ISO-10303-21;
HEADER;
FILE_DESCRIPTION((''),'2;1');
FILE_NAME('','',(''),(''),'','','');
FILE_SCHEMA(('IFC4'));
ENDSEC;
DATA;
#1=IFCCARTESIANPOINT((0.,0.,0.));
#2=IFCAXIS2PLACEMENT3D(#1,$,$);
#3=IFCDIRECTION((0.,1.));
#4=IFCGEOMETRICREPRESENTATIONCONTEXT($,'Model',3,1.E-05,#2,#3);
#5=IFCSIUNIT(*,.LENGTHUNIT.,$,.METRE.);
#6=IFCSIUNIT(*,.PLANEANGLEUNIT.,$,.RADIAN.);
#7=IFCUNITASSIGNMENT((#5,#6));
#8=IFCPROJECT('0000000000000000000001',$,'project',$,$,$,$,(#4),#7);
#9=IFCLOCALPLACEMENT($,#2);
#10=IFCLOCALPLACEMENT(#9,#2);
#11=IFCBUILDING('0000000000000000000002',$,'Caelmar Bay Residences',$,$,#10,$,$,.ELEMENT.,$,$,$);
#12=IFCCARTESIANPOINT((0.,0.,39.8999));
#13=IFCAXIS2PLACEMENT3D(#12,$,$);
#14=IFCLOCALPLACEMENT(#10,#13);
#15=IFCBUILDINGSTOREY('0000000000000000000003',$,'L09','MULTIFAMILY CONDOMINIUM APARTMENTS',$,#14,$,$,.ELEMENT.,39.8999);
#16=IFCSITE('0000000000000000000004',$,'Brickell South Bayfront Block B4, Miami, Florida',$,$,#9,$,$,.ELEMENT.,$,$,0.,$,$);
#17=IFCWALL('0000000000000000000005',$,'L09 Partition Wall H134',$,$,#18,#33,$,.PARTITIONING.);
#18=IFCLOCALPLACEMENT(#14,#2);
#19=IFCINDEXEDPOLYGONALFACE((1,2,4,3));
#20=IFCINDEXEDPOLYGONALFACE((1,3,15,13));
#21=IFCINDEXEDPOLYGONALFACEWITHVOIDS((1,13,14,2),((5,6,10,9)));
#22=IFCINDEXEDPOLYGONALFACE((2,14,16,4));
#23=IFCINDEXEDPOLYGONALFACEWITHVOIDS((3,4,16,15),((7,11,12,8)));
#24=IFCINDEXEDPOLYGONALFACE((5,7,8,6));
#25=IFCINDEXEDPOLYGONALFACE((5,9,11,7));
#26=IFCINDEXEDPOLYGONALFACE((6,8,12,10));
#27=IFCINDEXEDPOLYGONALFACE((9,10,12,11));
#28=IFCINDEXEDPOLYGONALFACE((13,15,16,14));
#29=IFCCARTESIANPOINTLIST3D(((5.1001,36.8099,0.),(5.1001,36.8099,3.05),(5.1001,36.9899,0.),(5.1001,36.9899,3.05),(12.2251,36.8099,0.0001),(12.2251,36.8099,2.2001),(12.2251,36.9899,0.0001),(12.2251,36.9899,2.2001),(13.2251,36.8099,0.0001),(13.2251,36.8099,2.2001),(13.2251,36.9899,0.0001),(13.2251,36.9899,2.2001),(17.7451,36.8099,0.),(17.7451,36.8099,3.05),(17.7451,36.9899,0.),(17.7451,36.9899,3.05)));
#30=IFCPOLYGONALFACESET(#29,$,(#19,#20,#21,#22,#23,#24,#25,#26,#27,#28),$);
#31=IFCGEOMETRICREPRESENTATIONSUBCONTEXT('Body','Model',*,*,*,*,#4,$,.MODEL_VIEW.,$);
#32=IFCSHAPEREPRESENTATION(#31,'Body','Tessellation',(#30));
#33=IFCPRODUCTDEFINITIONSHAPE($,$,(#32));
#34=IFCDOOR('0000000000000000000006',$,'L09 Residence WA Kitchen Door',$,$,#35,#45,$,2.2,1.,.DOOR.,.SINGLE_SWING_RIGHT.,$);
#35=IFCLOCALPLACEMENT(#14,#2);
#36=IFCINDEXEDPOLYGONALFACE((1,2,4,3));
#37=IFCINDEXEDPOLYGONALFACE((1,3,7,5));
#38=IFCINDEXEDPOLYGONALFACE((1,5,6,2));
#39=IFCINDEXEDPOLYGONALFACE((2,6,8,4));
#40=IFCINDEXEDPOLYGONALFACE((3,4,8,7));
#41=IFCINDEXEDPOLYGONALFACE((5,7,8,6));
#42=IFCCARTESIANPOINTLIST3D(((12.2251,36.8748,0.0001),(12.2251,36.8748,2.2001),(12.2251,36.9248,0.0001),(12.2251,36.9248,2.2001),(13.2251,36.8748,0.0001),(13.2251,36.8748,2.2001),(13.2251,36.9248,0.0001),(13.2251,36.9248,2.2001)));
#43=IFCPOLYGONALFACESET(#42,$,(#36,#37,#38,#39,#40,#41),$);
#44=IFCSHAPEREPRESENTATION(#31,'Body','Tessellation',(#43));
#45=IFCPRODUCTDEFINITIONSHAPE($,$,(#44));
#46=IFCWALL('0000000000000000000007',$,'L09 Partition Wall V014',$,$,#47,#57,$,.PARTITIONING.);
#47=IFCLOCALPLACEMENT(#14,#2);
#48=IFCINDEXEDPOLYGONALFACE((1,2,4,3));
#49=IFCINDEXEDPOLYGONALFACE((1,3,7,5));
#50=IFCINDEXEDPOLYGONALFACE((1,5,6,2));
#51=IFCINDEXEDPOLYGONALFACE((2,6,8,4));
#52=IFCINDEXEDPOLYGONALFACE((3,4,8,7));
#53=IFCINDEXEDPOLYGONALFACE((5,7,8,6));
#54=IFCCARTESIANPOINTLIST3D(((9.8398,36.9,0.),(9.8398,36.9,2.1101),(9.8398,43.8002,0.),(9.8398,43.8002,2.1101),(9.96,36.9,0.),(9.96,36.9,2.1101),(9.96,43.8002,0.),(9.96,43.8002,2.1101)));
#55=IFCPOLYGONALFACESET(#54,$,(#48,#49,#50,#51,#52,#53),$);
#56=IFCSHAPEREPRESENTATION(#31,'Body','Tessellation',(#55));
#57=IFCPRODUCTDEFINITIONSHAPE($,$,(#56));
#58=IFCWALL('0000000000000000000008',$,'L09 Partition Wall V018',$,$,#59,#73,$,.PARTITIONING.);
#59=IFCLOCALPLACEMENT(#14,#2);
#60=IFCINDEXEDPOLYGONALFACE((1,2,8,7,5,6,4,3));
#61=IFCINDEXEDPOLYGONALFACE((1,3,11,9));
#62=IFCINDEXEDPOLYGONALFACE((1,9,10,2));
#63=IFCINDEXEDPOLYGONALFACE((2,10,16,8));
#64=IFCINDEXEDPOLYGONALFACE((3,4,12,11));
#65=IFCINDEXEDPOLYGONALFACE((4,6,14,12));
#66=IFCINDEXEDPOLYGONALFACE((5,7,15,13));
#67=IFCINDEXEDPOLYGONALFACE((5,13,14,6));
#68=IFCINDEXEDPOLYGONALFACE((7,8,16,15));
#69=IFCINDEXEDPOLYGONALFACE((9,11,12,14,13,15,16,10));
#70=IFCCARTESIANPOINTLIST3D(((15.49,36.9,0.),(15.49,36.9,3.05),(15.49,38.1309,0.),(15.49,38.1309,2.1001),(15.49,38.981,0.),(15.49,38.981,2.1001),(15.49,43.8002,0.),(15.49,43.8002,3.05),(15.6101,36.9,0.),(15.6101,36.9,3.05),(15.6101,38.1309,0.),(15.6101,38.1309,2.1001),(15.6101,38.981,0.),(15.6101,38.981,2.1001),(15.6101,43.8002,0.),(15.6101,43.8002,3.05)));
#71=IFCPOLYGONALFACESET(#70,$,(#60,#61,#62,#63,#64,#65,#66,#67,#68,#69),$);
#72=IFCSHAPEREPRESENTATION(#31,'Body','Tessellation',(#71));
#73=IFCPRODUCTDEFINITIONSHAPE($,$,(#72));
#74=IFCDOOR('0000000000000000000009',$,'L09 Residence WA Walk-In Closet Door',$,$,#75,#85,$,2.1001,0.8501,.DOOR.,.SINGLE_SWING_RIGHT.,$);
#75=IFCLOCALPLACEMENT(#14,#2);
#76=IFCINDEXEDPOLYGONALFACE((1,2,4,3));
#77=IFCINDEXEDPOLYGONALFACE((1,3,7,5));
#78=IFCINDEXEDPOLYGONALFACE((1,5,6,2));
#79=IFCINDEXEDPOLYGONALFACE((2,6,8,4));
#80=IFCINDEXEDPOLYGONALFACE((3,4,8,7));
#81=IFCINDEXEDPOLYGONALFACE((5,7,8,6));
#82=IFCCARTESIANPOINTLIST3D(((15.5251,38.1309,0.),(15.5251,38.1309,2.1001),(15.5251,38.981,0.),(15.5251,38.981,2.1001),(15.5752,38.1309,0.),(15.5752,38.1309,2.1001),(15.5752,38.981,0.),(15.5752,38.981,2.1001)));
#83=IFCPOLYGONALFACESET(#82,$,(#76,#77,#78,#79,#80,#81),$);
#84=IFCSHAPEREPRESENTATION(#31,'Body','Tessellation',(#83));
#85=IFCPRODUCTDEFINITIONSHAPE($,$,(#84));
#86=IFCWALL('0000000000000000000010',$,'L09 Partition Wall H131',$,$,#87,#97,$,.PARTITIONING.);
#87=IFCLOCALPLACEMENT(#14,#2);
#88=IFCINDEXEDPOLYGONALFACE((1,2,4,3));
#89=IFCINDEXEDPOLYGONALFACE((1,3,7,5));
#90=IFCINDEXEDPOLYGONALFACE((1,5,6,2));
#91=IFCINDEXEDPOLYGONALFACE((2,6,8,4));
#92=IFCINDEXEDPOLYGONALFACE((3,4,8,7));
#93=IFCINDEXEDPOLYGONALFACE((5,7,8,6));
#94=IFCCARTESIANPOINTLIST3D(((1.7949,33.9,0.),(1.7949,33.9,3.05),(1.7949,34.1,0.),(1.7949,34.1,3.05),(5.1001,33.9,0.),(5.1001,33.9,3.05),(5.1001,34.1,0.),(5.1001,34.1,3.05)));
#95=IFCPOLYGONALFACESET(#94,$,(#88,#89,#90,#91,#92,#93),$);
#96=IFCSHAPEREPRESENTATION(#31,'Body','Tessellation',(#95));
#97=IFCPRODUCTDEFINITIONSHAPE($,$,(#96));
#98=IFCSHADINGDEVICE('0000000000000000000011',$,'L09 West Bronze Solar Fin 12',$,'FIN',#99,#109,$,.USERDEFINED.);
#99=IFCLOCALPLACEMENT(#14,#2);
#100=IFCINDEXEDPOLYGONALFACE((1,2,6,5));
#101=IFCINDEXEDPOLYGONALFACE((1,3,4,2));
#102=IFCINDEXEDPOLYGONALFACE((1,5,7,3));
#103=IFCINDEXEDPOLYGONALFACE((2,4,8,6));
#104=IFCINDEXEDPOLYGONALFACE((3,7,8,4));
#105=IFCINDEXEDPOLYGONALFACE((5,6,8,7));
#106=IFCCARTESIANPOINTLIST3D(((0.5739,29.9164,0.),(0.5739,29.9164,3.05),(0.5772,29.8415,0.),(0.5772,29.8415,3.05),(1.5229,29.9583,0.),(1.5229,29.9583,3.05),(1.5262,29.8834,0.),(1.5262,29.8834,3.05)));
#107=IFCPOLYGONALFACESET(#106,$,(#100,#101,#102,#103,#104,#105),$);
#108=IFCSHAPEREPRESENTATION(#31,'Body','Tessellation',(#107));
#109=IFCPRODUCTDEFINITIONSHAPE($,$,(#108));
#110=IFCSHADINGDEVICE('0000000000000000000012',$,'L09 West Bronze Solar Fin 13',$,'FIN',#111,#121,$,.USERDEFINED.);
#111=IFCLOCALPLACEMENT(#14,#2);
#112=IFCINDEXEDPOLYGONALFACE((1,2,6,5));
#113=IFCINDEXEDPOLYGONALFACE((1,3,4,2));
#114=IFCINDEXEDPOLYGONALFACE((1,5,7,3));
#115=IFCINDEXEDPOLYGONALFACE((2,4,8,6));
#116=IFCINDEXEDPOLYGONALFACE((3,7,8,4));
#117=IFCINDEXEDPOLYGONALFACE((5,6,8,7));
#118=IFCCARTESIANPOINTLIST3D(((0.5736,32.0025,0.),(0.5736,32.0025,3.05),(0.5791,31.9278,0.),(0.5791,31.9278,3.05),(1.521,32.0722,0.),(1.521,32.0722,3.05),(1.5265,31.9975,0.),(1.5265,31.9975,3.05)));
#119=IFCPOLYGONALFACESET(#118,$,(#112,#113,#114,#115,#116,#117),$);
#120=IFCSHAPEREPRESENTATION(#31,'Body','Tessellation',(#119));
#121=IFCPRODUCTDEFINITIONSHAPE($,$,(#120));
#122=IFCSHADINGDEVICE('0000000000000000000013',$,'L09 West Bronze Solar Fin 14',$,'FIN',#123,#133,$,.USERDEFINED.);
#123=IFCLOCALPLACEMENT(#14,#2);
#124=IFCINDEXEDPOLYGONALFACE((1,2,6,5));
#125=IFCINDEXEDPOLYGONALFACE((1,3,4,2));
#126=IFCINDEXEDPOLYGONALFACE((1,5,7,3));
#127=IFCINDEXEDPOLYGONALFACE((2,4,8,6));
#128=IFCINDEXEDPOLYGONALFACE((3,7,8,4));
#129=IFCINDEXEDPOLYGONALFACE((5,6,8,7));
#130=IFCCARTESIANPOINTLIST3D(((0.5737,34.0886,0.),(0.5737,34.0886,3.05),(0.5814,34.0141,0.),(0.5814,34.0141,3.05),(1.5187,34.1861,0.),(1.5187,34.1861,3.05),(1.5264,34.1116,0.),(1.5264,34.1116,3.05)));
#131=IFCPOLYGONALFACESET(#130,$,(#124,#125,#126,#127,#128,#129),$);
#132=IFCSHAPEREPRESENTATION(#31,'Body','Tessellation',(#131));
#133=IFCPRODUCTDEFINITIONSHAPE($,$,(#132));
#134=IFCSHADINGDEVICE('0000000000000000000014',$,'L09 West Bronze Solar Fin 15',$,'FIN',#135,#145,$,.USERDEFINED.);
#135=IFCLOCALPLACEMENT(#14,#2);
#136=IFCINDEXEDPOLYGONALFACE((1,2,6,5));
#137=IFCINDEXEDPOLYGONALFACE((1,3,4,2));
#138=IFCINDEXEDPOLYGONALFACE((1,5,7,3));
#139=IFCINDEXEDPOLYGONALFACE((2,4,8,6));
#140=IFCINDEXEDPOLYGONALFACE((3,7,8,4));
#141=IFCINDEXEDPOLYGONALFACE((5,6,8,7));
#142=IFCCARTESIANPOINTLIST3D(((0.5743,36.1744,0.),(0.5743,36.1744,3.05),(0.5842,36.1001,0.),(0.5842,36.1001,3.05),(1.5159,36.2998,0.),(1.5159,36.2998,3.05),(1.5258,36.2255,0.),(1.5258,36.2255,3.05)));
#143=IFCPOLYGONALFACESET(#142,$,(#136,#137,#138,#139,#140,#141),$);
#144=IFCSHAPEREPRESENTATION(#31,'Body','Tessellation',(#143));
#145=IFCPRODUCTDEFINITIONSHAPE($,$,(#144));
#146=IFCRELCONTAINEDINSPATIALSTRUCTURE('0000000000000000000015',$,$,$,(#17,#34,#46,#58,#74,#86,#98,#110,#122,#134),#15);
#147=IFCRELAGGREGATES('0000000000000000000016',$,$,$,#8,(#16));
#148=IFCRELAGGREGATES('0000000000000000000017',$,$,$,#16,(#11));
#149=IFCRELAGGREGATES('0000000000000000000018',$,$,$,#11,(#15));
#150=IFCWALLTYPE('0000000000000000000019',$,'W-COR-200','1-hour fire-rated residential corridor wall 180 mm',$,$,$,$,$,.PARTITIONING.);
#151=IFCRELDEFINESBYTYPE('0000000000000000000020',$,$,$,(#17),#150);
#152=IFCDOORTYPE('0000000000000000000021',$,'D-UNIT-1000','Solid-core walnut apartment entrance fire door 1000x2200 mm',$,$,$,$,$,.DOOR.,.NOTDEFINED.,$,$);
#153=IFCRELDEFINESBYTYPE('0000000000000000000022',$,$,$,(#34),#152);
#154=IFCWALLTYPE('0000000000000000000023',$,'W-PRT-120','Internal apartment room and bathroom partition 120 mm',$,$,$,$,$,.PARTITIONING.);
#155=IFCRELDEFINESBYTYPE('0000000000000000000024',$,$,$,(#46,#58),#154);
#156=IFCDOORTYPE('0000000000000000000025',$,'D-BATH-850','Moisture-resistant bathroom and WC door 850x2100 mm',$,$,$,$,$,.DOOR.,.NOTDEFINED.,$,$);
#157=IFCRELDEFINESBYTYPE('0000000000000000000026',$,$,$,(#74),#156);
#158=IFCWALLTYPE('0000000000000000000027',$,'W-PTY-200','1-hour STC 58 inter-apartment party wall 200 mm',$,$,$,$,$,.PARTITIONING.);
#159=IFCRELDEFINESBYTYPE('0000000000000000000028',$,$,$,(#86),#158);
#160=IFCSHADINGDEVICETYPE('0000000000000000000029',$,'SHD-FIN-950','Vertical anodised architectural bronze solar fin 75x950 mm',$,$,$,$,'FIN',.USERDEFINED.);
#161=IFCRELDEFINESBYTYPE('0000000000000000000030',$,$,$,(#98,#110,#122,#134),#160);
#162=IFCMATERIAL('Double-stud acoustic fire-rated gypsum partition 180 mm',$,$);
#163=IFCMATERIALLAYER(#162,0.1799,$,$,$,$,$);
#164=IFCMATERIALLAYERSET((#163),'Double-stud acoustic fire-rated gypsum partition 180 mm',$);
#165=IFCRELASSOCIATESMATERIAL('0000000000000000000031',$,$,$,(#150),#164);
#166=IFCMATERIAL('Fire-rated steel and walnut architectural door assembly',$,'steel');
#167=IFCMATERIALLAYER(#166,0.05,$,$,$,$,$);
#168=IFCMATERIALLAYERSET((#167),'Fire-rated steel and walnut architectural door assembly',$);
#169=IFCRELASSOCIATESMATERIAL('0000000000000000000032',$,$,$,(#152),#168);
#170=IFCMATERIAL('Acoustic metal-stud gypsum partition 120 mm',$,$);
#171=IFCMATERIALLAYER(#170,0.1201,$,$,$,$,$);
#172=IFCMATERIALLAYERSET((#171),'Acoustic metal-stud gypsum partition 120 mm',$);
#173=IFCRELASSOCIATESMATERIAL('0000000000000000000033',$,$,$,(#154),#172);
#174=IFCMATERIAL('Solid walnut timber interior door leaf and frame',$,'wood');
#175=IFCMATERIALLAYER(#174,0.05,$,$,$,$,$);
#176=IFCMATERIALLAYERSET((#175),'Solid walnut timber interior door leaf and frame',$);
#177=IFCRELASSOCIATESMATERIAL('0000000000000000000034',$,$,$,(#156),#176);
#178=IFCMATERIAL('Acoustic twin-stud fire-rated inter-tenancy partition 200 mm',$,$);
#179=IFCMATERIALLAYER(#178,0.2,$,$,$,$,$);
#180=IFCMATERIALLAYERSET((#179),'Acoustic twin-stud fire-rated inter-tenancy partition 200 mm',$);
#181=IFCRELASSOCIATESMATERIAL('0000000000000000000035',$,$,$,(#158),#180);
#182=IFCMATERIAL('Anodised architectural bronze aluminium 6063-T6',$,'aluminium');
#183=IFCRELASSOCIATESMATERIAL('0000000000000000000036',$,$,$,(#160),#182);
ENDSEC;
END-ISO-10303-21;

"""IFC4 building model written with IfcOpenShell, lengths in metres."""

from ifc_helpers import new_model, si_unit, direction, frame, frame_2d, origin, origin_2d, place, context, subcontext, project, spatial, rectangle, extrude, material, layer, layer_set, material_profile, profile_set, type_object, element, fill, save


model = new_model("IFC4")

# Units and contexts
model_context = context("Model", 3, precision=1e-05, world=origin(), true_north=direction((0.0, 1.0)))
body_context = subcontext(model_context, "Body", "Model", "MODEL_VIEW")
ifc_project = project(units=[si_unit("LENGTHUNIT", "METRE"), si_unit("PLANEANGLEUNIT", "RADIAN")], contexts=[model_context])

# Site, building, storey
site_placement = place(None, origin())
site = spatial("IfcSite", under=ifc_project, at=site_placement, Name="Brickell South Bayfront Block B4, Miami, Florida", CompositionType="ELEMENT", RefElevation=0.0)
building_placement = place(site_placement, origin())
building = spatial("IfcBuilding", under=site, at=building_placement, Name="Caelmar Bay Residences", CompositionType="ELEMENT")
storey_placement = place(building_placement, frame((0.0, 0.0, 39.8999)))
storey = spatial("IfcBuildingStorey", under=building, at=storey_placement, Name="L09", Description="MULTIFAMILY CONDOMINIUM APARTMENTS", CompositionType="ELEMENT", Elevation=39.8999)

# Shared definitions
ifc_material_1 = material(Name="Fire-rated steel and walnut architectural door assembly", Category="steel")

# Shared definitions
ifc_material_2 = material(Name="Double-stud acoustic fire-rated gypsum partition 180 mm")
ifc_layer_1 = layer(ifc_material_2, 0.1799)
ifc_layer_set_1 = layer_set([ifc_layer_1], Name="Double-stud acoustic fire-rated gypsum partition 180 mm")
wall_type_1 = type_object("IfcWallType", Name="W-COR-200", Description="1-hour fire-rated residential corridor wall 180 mm", PredefinedType="PARTITIONING", material=ifc_layer_set_1)

# Shared definitions
ifc_layer_2 = layer(ifc_material_1, 0.05)
ifc_layer_set_2 = layer_set([ifc_layer_2], Name="Fire-rated steel and walnut architectural door assembly")
door_type_1 = type_object("IfcDoorType", Name="D-UNIT-1000", Description="Solid-core walnut apartment entrance fire door 1000x2200 mm", OperationType="NOTDEFINED", PredefinedType="DOOR", material=ifc_layer_set_2)

# Wall, opening, door
wall_1_placement = place(storey_placement, frame((5.1001, 36.8999, 0.0), z_axis=(0.0, 0.0, 1.0), x_axis=(1.0, 0.0, 0.0)))
wall_1 = element("IfcWall", 1, at=wall_1_placement, inside=storey, type_object=wall_type_1, Name="L09 Partition Wall H134", PredefinedType="PARTITIONING", context=body_context, shape_type="SweptSolid", body=[
    extrude(rectangle(XDim=12.645, YDim=0.1799, at=frame_2d((6.3225, 0.0))), origin(), (0.0, 0.0, 1.0), 3.05),
])
opening_1_placement = place(wall_1_placement, frame((7.125, 0.0, 0.0)))
opening_1 = element("IfcOpeningElement", 2, at=opening_1_placement, cuts=wall_1, PredefinedType="OPENING", context=body_context, shape_type="SweptSolid", body=[
    extrude(rectangle(XDim=1.0, YDim=2.2, at=frame_2d((0.5, 1.1001))), frame((0.0, 0.0999, 0.0), z_axis=(0.0, -1.0, 0.0), x_axis=(1.0, 0.0, 0.0)), (0.0, 0.0, 1.0), 0.2),
])
door_1_placement = place(opening_1_placement, origin())
door_1 = element("IfcDoor", 3, at=door_1_placement, inside=storey, type_object=door_type_1, Name="L09 Residence WA Kitchen Door", OperationType="SINGLE_SWING_RIGHT", OverallHeight=2.2, OverallWidth=1.0, PredefinedType="DOOR", context=body_context, shape_type="SweptSolid", body=[
    extrude(rectangle(XDim=1.0, YDim=2.2, at=frame_2d((0.5, 1.1001))), frame((0.0, 0.0249, 0.0), z_axis=(0.0, -1.0, 0.0), x_axis=(1.0, 0.0, 0.0)), (0.0, 0.0, 1.0), 0.05),
])
fill(opening_1, door_1)

# Wall
ifc_material_3 = material(Name="Acoustic metal-stud gypsum partition 120 mm")
ifc_layer_3 = layer(ifc_material_3, 0.1201)
ifc_layer_set_3 = layer_set([ifc_layer_3], Name="Acoustic metal-stud gypsum partition 120 mm")
wall_type_2 = type_object("IfcWallType", Name="W-PRT-120", Description="Internal apartment room and bathroom partition 120 mm", PredefinedType="PARTITIONING", material=ifc_layer_set_3)
wall_2_placement = place(storey_placement, frame((9.8999, 36.8999, 0.0), z_axis=(0.0, 0.0, 1.0), x_axis=(0.0, 1.0, 0.0)))
element("IfcWall", 4, at=wall_2_placement, inside=storey, type_object=wall_type_2, Name="L09 Partition Wall V014", PredefinedType="PARTITIONING", context=body_context, shape_type="SweptSolid", body=[
    extrude(rectangle(XDim=6.9001, YDim=0.1201, at=frame_2d((3.4502, 0.0))), origin(), (0.0, 0.0, 1.0), 2.1101),
])

# Wall, opening, door
wall_3_placement = place(storey_placement, frame((15.55, 36.8999, 0.0), z_axis=(0.0, 0.0, 1.0), x_axis=(0.0, 1.0, 0.0)))
wall_3 = element("IfcWall", 5, at=wall_3_placement, inside=storey, type_object=wall_type_2, Name="L09 Partition Wall V018", PredefinedType="PARTITIONING", context=body_context, shape_type="SweptSolid", body=[
    extrude(rectangle(XDim=6.9001, YDim=0.1201, at=frame_2d((3.4502, 0.0))), origin(), (0.0, 0.0, 1.0), 3.05),
])
opening_2_placement = place(wall_3_placement, frame((1.231, 0.0, 0.0)))
opening_2 = element("IfcOpeningElement", 6, at=opening_2_placement, cuts=wall_3, PredefinedType="OPENING", context=body_context, shape_type="SweptSolid", body=[
    extrude(rectangle(XDim=0.8501, YDim=2.1001, at=frame_2d((0.425, 1.05))), frame((0.0, 0.0701, 0.0), z_axis=(0.0, -1.0, 0.0), x_axis=(1.0, 0.0, 0.0)), (0.0, 0.0, 1.0), 0.1401),
])
ifc_material_4 = material(Name="Solid walnut timber interior door leaf and frame", Category="wood")
ifc_layer_4 = layer(ifc_material_4, 0.05)
ifc_layer_set_4 = layer_set([ifc_layer_4], Name="Solid walnut timber interior door leaf and frame")
door_type_2 = type_object("IfcDoorType", Name="D-BATH-850", Description="Moisture-resistant bathroom and WC door 850x2100 mm", OperationType="NOTDEFINED", PredefinedType="DOOR", material=ifc_layer_set_4)
door_2_placement = place(opening_2_placement, origin())
door_2 = element("IfcDoor", 7, at=door_2_placement, inside=storey, type_object=door_type_2, Name="L09 Residence WA Walk-In Closet Door", OperationType="SINGLE_SWING_RIGHT", OverallHeight=2.1001, OverallWidth=0.8501, PredefinedType="DOOR", context=body_context, shape_type="SweptSolid", body=[
    extrude(rectangle(XDim=0.8501, YDim=2.1001, at=frame_2d((0.425, 1.05))), frame((0.0, 0.0249, 0.0), z_axis=(0.0, -1.0, 0.0), x_axis=(1.0, 0.0, 0.0)), (0.0, 0.0, 1.0), 0.05),
])
fill(opening_2, door_2)

# Wall
ifc_material_5 = material(Name="Acoustic twin-stud fire-rated inter-tenancy partition 200 mm")
ifc_layer_5 = layer(ifc_material_5, 0.2)
ifc_layer_set_5 = layer_set([ifc_layer_5], Name="Acoustic twin-stud fire-rated inter-tenancy partition 200 mm")
wall_type_3 = type_object("IfcWallType", Name="W-PTY-200", Description="1-hour STC 58 inter-apartment party wall 200 mm", PredefinedType="PARTITIONING", material=ifc_layer_set_5)
wall_4_placement = place(storey_placement, frame((1.7949, 34.0, 0.0), z_axis=(0.0, 0.0, 1.0), x_axis=(1.0, 0.0, 0.0)))
element("IfcWall", 8, at=wall_4_placement, inside=storey, type_object=wall_type_3, Name="L09 Partition Wall H131", PredefinedType="PARTITIONING", context=body_context, shape_type="SweptSolid", body=[
    extrude(rectangle(XDim=3.3052, YDim=0.2, at=frame_2d((1.6526, 0.0))), origin(), (0.0, 0.0, 1.0), 3.05),
])

# Shading devices
ifc_material_6 = material(Name="Anodised architectural bronze aluminium 6063-T6", Category="aluminium")
ifc_material_profile_1 = material_profile(ifc_material_6, rectangle(XDim=0.075, YDim=0.95, at=origin_2d()), Name="BRONZE-FIN-75X950")
ifc_profile_set_1 = profile_set([ifc_material_profile_1], Name="Anodised architectural bronze aluminium 6063-T6")
shading_device_type = type_object("IfcShadingDeviceType", Name="SHD-FIN-950", Description="Vertical anodised architectural bronze solar fin 75x950 mm", ElementType="FIN", PredefinedType="USERDEFINED", material=ifc_profile_set_1)
for number, where, z_axis, x_axis, name in (
    (9, (1.05, 29.8999, 0.0), (0.0, 0.0, 1.0), (-0.044142, 0.999025, 0.0), "L09 West Bronze Solar Fin 12"),
    (10, (1.05, 32.0, 0.0), (0.0, 0.0, 1.0), (-0.073412, 0.997302, 0.0), "L09 West Bronze Solar Fin 13"),
    (11, (1.05, 34.1001, 0.0), (0.0, 0.0, 1.0), (-0.102619, 0.994721, 0.0), "L09 West Bronze Solar Fin 14"),
    (12, (1.05, 36.2, 0.0), (0.0, 0.0, 1.0), (-0.13191, 0.991262, 0.0), "L09 West Bronze Solar Fin 15"),
):
    element("IfcShadingDevice", number, at=place(storey_placement, frame(where, z_axis=z_axis, x_axis=x_axis)), inside=storey, type_object=shading_device_type, Name=name, ObjectType="FIN", PredefinedType="USERDEFINED", context=body_context, shape_type="SweptSolid", body=[
        extrude(rectangle(XDim=0.075, YDim=0.95, at=origin_2d()), origin(), (0.0, 0.0, 1.0), 3.05),
    ])

save(model, "model.ifc")
